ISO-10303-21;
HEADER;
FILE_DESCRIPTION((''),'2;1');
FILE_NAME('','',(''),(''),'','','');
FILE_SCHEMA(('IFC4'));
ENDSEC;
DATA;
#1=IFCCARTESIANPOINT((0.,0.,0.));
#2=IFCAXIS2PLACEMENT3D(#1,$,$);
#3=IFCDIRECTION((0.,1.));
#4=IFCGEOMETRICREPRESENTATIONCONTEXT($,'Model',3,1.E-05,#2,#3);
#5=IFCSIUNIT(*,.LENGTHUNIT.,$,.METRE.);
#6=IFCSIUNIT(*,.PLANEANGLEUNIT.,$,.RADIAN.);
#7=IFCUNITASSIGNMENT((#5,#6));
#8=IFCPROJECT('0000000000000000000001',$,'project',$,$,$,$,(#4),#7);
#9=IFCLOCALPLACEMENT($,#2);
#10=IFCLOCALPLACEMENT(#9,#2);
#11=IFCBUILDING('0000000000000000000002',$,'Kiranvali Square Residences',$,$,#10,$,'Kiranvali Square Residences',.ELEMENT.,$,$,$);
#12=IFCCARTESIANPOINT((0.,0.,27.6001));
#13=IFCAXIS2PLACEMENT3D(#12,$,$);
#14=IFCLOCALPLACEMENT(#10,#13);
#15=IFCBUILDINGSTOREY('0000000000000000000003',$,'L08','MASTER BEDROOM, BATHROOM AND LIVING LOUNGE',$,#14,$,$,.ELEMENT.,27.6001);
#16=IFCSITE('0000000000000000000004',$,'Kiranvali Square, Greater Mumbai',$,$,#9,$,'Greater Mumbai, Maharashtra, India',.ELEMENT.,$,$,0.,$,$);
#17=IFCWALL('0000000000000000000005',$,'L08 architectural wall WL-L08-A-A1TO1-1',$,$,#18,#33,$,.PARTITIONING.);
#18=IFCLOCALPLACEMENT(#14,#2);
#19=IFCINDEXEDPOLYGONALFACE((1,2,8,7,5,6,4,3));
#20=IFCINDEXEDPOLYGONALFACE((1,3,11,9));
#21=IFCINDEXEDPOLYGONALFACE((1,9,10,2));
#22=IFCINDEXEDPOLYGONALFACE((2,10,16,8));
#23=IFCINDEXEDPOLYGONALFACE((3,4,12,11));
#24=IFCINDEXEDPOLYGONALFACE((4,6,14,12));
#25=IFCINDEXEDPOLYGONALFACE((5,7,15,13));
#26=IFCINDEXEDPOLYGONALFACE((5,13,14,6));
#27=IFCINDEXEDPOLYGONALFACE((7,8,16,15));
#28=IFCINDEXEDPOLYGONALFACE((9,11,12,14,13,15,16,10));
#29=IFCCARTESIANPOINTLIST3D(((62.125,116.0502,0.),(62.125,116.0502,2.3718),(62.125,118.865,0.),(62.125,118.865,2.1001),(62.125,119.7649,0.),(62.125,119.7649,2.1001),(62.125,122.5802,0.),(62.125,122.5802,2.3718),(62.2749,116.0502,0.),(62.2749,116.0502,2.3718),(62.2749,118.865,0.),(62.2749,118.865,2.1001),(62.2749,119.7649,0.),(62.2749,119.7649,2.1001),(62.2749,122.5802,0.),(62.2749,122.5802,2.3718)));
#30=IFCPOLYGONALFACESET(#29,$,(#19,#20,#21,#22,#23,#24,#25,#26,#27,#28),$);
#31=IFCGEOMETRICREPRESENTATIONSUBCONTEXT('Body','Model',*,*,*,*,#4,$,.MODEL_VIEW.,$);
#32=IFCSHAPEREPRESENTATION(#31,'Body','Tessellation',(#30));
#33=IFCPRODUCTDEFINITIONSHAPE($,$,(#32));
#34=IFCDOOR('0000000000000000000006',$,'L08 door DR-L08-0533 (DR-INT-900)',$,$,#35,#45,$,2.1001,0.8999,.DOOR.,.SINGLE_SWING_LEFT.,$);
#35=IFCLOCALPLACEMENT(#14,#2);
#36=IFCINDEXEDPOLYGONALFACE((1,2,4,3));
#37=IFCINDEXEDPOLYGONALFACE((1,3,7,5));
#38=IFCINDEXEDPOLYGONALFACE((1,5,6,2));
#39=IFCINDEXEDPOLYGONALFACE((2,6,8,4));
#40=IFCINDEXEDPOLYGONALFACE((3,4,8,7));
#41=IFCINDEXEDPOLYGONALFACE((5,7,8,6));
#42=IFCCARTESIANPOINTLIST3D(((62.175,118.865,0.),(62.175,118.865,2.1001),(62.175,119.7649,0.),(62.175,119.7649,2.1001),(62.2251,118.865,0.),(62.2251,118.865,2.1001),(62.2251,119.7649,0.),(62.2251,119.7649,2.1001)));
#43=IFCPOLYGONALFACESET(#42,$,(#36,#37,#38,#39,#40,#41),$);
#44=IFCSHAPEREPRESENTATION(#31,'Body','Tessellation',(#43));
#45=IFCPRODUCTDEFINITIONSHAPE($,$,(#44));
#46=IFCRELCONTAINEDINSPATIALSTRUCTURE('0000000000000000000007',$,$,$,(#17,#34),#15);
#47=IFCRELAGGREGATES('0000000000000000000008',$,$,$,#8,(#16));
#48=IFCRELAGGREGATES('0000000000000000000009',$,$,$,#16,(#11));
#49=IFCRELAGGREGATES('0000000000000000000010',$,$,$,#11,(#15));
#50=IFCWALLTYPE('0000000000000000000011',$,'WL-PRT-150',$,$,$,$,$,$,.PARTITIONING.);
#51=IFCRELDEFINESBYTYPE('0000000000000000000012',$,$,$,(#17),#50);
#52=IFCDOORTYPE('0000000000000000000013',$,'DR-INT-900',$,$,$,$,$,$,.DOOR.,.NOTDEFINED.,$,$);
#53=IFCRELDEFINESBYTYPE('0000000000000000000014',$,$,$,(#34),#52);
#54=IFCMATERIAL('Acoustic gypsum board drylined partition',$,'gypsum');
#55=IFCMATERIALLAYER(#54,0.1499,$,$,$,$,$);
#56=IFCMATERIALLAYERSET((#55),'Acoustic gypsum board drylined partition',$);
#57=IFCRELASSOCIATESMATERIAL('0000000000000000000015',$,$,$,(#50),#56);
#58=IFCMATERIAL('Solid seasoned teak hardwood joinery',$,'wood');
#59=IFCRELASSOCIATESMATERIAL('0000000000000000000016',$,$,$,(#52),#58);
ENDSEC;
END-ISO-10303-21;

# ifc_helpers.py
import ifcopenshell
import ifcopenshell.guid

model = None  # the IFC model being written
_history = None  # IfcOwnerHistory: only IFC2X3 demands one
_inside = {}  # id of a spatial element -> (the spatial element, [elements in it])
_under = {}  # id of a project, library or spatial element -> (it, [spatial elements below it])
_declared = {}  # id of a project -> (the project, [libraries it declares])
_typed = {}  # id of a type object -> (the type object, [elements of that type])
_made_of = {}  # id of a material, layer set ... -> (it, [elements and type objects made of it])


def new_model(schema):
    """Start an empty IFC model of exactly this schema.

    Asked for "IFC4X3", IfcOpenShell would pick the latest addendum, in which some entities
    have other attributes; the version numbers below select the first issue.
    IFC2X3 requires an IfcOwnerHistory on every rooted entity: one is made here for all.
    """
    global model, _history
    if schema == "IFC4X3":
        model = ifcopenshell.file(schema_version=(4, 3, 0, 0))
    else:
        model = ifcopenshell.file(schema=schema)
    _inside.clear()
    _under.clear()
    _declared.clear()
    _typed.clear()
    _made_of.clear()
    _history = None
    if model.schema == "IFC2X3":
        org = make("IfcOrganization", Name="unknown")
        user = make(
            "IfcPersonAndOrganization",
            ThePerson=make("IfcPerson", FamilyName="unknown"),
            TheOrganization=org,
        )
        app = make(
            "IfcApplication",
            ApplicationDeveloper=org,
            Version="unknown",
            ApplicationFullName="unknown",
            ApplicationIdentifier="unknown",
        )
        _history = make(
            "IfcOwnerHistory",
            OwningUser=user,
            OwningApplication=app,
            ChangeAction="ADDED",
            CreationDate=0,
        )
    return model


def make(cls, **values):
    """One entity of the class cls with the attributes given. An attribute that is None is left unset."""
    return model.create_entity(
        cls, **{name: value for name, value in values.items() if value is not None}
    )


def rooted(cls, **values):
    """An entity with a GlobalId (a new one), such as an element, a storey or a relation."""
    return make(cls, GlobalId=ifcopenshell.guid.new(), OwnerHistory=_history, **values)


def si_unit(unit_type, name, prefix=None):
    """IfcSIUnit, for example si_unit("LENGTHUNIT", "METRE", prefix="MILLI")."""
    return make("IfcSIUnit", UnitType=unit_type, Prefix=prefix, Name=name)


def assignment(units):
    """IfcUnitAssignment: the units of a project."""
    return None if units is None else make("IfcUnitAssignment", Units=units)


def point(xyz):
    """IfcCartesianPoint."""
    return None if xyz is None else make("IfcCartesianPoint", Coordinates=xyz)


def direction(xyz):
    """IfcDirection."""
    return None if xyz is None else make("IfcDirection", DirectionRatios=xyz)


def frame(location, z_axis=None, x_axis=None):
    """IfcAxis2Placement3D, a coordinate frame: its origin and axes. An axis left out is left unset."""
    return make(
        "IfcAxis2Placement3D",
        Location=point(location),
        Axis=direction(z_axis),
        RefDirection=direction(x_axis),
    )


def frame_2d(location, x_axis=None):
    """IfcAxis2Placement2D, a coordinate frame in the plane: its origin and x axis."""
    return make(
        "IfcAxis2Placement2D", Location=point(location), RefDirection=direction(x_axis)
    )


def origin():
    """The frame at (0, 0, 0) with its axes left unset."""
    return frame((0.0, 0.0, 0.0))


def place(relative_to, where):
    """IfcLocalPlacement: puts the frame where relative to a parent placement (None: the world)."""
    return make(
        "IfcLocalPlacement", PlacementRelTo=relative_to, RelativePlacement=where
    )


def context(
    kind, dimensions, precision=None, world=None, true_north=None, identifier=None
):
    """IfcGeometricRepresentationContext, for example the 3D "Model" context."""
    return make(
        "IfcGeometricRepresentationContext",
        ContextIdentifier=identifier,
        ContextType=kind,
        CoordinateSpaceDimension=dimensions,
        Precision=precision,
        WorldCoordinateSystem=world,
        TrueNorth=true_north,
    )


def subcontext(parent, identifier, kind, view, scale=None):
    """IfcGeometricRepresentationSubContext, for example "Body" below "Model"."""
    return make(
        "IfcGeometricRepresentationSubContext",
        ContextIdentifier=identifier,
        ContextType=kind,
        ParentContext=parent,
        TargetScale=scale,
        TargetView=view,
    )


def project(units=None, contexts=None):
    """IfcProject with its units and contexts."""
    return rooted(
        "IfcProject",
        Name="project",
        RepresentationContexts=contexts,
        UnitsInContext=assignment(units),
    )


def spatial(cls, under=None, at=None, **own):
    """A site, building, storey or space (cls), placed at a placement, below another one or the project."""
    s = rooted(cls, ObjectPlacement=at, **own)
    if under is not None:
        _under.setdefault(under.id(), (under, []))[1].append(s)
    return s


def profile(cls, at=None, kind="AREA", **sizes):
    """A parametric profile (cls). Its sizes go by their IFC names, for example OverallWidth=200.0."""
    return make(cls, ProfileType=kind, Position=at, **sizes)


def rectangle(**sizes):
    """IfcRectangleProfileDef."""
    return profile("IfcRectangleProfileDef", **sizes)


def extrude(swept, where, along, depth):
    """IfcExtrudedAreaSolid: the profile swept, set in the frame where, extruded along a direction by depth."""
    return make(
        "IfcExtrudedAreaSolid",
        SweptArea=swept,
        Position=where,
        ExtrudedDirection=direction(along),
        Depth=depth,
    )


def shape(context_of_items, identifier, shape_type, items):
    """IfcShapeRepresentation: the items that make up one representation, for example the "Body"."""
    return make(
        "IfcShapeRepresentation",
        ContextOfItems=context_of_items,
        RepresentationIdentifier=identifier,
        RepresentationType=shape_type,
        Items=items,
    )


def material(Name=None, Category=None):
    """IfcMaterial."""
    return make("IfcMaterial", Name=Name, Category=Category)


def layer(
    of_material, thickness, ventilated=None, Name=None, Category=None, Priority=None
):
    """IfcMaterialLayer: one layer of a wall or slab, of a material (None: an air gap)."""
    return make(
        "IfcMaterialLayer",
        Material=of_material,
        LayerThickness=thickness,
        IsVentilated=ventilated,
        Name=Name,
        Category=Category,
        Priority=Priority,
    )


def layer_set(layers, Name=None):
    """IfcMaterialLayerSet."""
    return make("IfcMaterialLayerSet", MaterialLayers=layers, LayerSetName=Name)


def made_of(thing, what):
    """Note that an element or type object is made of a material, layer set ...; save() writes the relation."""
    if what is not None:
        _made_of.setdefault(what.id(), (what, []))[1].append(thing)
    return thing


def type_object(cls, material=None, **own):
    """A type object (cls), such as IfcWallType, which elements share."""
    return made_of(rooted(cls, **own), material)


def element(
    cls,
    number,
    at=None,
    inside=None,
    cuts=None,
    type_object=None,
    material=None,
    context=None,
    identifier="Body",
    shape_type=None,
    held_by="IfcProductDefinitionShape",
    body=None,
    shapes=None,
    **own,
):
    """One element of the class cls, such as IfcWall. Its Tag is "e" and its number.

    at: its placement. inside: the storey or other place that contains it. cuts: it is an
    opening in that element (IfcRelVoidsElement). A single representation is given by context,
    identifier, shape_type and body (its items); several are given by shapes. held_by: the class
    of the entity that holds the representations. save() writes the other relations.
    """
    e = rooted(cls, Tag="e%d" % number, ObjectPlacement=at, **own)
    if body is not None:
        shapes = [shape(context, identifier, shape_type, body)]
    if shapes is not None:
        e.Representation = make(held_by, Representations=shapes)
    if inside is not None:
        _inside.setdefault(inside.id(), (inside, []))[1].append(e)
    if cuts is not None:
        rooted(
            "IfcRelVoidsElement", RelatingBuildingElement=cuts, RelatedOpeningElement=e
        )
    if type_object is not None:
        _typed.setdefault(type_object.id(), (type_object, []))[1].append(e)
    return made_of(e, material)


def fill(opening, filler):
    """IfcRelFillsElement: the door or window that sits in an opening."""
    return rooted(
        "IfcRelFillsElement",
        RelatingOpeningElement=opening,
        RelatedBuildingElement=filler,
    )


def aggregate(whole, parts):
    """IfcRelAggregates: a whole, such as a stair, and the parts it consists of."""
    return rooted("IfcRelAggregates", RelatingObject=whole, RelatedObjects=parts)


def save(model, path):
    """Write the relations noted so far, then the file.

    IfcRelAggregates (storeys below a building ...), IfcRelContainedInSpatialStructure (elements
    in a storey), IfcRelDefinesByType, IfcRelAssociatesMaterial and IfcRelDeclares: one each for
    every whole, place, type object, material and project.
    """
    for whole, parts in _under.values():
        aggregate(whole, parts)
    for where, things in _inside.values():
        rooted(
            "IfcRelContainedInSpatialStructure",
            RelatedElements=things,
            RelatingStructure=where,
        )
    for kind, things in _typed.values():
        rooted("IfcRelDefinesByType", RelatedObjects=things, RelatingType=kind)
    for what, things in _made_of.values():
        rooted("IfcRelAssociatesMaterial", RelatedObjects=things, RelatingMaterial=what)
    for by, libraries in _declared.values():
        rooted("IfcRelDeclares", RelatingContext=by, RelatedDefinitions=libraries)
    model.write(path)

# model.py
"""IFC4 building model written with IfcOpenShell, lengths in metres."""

from ifc_helpers import new_model, si_unit, direction, frame, frame_2d, origin, place, context, subcontext, project, spatial, rectangle, extrude, material, layer, layer_set, type_object, element, fill, save


model = new_model("IFC4")

# Units and contexts
model_context = context("Model", 3, precision=1e-05, world=origin(), true_north=direction((0.0, 1.0)))
body_context = subcontext(model_context, "Body", "Model", "MODEL_VIEW")
ifc_project = project(units=[si_unit("LENGTHUNIT", "METRE"), si_unit("PLANEANGLEUNIT", "RADIAN")], contexts=[model_context])

# Site, building, storey
site_placement = place(None, origin())
site = spatial("IfcSite", under=ifc_project, at=site_placement, Name="Kiranvali Square, Greater Mumbai", LongName="Greater Mumbai, Maharashtra, India", CompositionType="ELEMENT", RefElevation=0.0)
building_placement = place(site_placement, origin())
building = spatial("IfcBuilding", under=site, at=building_placement, Name="Kiranvali Square Residences", LongName="Kiranvali Square Residences", CompositionType="ELEMENT")
storey_placement = place(building_placement, frame((0.0, 0.0, 27.6001)))
storey = spatial("IfcBuildingStorey", under=building, at=storey_placement, Name="L08", Description="MASTER BEDROOM, BATHROOM AND LIVING LOUNGE", CompositionType="ELEMENT", Elevation=27.6001)

# Wall, opening, door
ifc_material_1 = material(Name="Acoustic gypsum board drylined partition", Category="gypsum")
ifc_layer_1 = layer(ifc_material_1, 0.1499)
ifc_layer_set_1 = layer_set([ifc_layer_1], Name="Acoustic gypsum board drylined partition")
wall_type_1 = type_object("IfcWallType", Name="WL-PRT-150", PredefinedType="PARTITIONING", material=ifc_layer_set_1)
wall_1_placement = place(storey_placement, frame((62.2, 116.05, 0.0), z_axis=(0.0, 0.0, 1.0), x_axis=(0.0, 1.0, 0.0)))
wall_1 = element("IfcWall", 1, at=wall_1_placement, inside=storey, type_object=wall_type_1, Name="L08 architectural wall WL-L08-A-A1TO1-1", PredefinedType="PARTITIONING", context=body_context, shape_type="SweptSolid", body=[
    extrude(rectangle(XDim=6.53, YDim=0.1499, at=frame_2d((3.2651, 0.0))), origin(), (0.0, 0.0, 1.0), 2.3718),
])
opening_1_placement = place(wall_1_placement, frame((2.8149, 0.0, 0.0)))
opening_1 = element("IfcOpeningElement", 2, at=opening_1_placement, cuts=wall_1, PredefinedType="OPENING", context=body_context, shape_type="SweptSolid", body=[
    extrude(rectangle(XDim=0.8999, YDim=2.1001, at=frame_2d((0.45, 1.05))), frame((0.0, 0.085, 0.0), z_axis=(0.0, -1.0, 0.0), x_axis=(1.0, 0.0, 0.0)), (0.0, 0.0, 1.0), 0.1699),
])
ifc_material_2 = material(Name="Solid seasoned teak hardwood joinery", Category="wood")
door_type_1 = type_object("IfcDoorType", Name="DR-INT-900", OperationType="NOTDEFINED", PredefinedType="DOOR", material=ifc_material_2)
door_1_placement = place(opening_1_placement, origin())
door_1 = element("IfcDoor", 3, at=door_1_placement, inside=storey, type_object=door_type_1, Name="L08 door DR-L08-0533 (DR-INT-900)", OperationType="SINGLE_SWING_LEFT", OverallHeight=2.1001, OverallWidth=0.8999, PredefinedType="DOOR", context=body_context, shape_type="SweptSolid", body=[
    extrude(rectangle(XDim=0.8999, YDim=2.1001, at=frame_2d((0.45, 1.05))), frame((0.0, 0.0249, 0.0), z_axis=(0.0, -1.0, 0.0), x_axis=(1.0, 0.0, 0.0)), (0.0, 0.0, 1.0), 0.05),
])
fill(opening_1, door_1)

save(model, "model.ifc")
